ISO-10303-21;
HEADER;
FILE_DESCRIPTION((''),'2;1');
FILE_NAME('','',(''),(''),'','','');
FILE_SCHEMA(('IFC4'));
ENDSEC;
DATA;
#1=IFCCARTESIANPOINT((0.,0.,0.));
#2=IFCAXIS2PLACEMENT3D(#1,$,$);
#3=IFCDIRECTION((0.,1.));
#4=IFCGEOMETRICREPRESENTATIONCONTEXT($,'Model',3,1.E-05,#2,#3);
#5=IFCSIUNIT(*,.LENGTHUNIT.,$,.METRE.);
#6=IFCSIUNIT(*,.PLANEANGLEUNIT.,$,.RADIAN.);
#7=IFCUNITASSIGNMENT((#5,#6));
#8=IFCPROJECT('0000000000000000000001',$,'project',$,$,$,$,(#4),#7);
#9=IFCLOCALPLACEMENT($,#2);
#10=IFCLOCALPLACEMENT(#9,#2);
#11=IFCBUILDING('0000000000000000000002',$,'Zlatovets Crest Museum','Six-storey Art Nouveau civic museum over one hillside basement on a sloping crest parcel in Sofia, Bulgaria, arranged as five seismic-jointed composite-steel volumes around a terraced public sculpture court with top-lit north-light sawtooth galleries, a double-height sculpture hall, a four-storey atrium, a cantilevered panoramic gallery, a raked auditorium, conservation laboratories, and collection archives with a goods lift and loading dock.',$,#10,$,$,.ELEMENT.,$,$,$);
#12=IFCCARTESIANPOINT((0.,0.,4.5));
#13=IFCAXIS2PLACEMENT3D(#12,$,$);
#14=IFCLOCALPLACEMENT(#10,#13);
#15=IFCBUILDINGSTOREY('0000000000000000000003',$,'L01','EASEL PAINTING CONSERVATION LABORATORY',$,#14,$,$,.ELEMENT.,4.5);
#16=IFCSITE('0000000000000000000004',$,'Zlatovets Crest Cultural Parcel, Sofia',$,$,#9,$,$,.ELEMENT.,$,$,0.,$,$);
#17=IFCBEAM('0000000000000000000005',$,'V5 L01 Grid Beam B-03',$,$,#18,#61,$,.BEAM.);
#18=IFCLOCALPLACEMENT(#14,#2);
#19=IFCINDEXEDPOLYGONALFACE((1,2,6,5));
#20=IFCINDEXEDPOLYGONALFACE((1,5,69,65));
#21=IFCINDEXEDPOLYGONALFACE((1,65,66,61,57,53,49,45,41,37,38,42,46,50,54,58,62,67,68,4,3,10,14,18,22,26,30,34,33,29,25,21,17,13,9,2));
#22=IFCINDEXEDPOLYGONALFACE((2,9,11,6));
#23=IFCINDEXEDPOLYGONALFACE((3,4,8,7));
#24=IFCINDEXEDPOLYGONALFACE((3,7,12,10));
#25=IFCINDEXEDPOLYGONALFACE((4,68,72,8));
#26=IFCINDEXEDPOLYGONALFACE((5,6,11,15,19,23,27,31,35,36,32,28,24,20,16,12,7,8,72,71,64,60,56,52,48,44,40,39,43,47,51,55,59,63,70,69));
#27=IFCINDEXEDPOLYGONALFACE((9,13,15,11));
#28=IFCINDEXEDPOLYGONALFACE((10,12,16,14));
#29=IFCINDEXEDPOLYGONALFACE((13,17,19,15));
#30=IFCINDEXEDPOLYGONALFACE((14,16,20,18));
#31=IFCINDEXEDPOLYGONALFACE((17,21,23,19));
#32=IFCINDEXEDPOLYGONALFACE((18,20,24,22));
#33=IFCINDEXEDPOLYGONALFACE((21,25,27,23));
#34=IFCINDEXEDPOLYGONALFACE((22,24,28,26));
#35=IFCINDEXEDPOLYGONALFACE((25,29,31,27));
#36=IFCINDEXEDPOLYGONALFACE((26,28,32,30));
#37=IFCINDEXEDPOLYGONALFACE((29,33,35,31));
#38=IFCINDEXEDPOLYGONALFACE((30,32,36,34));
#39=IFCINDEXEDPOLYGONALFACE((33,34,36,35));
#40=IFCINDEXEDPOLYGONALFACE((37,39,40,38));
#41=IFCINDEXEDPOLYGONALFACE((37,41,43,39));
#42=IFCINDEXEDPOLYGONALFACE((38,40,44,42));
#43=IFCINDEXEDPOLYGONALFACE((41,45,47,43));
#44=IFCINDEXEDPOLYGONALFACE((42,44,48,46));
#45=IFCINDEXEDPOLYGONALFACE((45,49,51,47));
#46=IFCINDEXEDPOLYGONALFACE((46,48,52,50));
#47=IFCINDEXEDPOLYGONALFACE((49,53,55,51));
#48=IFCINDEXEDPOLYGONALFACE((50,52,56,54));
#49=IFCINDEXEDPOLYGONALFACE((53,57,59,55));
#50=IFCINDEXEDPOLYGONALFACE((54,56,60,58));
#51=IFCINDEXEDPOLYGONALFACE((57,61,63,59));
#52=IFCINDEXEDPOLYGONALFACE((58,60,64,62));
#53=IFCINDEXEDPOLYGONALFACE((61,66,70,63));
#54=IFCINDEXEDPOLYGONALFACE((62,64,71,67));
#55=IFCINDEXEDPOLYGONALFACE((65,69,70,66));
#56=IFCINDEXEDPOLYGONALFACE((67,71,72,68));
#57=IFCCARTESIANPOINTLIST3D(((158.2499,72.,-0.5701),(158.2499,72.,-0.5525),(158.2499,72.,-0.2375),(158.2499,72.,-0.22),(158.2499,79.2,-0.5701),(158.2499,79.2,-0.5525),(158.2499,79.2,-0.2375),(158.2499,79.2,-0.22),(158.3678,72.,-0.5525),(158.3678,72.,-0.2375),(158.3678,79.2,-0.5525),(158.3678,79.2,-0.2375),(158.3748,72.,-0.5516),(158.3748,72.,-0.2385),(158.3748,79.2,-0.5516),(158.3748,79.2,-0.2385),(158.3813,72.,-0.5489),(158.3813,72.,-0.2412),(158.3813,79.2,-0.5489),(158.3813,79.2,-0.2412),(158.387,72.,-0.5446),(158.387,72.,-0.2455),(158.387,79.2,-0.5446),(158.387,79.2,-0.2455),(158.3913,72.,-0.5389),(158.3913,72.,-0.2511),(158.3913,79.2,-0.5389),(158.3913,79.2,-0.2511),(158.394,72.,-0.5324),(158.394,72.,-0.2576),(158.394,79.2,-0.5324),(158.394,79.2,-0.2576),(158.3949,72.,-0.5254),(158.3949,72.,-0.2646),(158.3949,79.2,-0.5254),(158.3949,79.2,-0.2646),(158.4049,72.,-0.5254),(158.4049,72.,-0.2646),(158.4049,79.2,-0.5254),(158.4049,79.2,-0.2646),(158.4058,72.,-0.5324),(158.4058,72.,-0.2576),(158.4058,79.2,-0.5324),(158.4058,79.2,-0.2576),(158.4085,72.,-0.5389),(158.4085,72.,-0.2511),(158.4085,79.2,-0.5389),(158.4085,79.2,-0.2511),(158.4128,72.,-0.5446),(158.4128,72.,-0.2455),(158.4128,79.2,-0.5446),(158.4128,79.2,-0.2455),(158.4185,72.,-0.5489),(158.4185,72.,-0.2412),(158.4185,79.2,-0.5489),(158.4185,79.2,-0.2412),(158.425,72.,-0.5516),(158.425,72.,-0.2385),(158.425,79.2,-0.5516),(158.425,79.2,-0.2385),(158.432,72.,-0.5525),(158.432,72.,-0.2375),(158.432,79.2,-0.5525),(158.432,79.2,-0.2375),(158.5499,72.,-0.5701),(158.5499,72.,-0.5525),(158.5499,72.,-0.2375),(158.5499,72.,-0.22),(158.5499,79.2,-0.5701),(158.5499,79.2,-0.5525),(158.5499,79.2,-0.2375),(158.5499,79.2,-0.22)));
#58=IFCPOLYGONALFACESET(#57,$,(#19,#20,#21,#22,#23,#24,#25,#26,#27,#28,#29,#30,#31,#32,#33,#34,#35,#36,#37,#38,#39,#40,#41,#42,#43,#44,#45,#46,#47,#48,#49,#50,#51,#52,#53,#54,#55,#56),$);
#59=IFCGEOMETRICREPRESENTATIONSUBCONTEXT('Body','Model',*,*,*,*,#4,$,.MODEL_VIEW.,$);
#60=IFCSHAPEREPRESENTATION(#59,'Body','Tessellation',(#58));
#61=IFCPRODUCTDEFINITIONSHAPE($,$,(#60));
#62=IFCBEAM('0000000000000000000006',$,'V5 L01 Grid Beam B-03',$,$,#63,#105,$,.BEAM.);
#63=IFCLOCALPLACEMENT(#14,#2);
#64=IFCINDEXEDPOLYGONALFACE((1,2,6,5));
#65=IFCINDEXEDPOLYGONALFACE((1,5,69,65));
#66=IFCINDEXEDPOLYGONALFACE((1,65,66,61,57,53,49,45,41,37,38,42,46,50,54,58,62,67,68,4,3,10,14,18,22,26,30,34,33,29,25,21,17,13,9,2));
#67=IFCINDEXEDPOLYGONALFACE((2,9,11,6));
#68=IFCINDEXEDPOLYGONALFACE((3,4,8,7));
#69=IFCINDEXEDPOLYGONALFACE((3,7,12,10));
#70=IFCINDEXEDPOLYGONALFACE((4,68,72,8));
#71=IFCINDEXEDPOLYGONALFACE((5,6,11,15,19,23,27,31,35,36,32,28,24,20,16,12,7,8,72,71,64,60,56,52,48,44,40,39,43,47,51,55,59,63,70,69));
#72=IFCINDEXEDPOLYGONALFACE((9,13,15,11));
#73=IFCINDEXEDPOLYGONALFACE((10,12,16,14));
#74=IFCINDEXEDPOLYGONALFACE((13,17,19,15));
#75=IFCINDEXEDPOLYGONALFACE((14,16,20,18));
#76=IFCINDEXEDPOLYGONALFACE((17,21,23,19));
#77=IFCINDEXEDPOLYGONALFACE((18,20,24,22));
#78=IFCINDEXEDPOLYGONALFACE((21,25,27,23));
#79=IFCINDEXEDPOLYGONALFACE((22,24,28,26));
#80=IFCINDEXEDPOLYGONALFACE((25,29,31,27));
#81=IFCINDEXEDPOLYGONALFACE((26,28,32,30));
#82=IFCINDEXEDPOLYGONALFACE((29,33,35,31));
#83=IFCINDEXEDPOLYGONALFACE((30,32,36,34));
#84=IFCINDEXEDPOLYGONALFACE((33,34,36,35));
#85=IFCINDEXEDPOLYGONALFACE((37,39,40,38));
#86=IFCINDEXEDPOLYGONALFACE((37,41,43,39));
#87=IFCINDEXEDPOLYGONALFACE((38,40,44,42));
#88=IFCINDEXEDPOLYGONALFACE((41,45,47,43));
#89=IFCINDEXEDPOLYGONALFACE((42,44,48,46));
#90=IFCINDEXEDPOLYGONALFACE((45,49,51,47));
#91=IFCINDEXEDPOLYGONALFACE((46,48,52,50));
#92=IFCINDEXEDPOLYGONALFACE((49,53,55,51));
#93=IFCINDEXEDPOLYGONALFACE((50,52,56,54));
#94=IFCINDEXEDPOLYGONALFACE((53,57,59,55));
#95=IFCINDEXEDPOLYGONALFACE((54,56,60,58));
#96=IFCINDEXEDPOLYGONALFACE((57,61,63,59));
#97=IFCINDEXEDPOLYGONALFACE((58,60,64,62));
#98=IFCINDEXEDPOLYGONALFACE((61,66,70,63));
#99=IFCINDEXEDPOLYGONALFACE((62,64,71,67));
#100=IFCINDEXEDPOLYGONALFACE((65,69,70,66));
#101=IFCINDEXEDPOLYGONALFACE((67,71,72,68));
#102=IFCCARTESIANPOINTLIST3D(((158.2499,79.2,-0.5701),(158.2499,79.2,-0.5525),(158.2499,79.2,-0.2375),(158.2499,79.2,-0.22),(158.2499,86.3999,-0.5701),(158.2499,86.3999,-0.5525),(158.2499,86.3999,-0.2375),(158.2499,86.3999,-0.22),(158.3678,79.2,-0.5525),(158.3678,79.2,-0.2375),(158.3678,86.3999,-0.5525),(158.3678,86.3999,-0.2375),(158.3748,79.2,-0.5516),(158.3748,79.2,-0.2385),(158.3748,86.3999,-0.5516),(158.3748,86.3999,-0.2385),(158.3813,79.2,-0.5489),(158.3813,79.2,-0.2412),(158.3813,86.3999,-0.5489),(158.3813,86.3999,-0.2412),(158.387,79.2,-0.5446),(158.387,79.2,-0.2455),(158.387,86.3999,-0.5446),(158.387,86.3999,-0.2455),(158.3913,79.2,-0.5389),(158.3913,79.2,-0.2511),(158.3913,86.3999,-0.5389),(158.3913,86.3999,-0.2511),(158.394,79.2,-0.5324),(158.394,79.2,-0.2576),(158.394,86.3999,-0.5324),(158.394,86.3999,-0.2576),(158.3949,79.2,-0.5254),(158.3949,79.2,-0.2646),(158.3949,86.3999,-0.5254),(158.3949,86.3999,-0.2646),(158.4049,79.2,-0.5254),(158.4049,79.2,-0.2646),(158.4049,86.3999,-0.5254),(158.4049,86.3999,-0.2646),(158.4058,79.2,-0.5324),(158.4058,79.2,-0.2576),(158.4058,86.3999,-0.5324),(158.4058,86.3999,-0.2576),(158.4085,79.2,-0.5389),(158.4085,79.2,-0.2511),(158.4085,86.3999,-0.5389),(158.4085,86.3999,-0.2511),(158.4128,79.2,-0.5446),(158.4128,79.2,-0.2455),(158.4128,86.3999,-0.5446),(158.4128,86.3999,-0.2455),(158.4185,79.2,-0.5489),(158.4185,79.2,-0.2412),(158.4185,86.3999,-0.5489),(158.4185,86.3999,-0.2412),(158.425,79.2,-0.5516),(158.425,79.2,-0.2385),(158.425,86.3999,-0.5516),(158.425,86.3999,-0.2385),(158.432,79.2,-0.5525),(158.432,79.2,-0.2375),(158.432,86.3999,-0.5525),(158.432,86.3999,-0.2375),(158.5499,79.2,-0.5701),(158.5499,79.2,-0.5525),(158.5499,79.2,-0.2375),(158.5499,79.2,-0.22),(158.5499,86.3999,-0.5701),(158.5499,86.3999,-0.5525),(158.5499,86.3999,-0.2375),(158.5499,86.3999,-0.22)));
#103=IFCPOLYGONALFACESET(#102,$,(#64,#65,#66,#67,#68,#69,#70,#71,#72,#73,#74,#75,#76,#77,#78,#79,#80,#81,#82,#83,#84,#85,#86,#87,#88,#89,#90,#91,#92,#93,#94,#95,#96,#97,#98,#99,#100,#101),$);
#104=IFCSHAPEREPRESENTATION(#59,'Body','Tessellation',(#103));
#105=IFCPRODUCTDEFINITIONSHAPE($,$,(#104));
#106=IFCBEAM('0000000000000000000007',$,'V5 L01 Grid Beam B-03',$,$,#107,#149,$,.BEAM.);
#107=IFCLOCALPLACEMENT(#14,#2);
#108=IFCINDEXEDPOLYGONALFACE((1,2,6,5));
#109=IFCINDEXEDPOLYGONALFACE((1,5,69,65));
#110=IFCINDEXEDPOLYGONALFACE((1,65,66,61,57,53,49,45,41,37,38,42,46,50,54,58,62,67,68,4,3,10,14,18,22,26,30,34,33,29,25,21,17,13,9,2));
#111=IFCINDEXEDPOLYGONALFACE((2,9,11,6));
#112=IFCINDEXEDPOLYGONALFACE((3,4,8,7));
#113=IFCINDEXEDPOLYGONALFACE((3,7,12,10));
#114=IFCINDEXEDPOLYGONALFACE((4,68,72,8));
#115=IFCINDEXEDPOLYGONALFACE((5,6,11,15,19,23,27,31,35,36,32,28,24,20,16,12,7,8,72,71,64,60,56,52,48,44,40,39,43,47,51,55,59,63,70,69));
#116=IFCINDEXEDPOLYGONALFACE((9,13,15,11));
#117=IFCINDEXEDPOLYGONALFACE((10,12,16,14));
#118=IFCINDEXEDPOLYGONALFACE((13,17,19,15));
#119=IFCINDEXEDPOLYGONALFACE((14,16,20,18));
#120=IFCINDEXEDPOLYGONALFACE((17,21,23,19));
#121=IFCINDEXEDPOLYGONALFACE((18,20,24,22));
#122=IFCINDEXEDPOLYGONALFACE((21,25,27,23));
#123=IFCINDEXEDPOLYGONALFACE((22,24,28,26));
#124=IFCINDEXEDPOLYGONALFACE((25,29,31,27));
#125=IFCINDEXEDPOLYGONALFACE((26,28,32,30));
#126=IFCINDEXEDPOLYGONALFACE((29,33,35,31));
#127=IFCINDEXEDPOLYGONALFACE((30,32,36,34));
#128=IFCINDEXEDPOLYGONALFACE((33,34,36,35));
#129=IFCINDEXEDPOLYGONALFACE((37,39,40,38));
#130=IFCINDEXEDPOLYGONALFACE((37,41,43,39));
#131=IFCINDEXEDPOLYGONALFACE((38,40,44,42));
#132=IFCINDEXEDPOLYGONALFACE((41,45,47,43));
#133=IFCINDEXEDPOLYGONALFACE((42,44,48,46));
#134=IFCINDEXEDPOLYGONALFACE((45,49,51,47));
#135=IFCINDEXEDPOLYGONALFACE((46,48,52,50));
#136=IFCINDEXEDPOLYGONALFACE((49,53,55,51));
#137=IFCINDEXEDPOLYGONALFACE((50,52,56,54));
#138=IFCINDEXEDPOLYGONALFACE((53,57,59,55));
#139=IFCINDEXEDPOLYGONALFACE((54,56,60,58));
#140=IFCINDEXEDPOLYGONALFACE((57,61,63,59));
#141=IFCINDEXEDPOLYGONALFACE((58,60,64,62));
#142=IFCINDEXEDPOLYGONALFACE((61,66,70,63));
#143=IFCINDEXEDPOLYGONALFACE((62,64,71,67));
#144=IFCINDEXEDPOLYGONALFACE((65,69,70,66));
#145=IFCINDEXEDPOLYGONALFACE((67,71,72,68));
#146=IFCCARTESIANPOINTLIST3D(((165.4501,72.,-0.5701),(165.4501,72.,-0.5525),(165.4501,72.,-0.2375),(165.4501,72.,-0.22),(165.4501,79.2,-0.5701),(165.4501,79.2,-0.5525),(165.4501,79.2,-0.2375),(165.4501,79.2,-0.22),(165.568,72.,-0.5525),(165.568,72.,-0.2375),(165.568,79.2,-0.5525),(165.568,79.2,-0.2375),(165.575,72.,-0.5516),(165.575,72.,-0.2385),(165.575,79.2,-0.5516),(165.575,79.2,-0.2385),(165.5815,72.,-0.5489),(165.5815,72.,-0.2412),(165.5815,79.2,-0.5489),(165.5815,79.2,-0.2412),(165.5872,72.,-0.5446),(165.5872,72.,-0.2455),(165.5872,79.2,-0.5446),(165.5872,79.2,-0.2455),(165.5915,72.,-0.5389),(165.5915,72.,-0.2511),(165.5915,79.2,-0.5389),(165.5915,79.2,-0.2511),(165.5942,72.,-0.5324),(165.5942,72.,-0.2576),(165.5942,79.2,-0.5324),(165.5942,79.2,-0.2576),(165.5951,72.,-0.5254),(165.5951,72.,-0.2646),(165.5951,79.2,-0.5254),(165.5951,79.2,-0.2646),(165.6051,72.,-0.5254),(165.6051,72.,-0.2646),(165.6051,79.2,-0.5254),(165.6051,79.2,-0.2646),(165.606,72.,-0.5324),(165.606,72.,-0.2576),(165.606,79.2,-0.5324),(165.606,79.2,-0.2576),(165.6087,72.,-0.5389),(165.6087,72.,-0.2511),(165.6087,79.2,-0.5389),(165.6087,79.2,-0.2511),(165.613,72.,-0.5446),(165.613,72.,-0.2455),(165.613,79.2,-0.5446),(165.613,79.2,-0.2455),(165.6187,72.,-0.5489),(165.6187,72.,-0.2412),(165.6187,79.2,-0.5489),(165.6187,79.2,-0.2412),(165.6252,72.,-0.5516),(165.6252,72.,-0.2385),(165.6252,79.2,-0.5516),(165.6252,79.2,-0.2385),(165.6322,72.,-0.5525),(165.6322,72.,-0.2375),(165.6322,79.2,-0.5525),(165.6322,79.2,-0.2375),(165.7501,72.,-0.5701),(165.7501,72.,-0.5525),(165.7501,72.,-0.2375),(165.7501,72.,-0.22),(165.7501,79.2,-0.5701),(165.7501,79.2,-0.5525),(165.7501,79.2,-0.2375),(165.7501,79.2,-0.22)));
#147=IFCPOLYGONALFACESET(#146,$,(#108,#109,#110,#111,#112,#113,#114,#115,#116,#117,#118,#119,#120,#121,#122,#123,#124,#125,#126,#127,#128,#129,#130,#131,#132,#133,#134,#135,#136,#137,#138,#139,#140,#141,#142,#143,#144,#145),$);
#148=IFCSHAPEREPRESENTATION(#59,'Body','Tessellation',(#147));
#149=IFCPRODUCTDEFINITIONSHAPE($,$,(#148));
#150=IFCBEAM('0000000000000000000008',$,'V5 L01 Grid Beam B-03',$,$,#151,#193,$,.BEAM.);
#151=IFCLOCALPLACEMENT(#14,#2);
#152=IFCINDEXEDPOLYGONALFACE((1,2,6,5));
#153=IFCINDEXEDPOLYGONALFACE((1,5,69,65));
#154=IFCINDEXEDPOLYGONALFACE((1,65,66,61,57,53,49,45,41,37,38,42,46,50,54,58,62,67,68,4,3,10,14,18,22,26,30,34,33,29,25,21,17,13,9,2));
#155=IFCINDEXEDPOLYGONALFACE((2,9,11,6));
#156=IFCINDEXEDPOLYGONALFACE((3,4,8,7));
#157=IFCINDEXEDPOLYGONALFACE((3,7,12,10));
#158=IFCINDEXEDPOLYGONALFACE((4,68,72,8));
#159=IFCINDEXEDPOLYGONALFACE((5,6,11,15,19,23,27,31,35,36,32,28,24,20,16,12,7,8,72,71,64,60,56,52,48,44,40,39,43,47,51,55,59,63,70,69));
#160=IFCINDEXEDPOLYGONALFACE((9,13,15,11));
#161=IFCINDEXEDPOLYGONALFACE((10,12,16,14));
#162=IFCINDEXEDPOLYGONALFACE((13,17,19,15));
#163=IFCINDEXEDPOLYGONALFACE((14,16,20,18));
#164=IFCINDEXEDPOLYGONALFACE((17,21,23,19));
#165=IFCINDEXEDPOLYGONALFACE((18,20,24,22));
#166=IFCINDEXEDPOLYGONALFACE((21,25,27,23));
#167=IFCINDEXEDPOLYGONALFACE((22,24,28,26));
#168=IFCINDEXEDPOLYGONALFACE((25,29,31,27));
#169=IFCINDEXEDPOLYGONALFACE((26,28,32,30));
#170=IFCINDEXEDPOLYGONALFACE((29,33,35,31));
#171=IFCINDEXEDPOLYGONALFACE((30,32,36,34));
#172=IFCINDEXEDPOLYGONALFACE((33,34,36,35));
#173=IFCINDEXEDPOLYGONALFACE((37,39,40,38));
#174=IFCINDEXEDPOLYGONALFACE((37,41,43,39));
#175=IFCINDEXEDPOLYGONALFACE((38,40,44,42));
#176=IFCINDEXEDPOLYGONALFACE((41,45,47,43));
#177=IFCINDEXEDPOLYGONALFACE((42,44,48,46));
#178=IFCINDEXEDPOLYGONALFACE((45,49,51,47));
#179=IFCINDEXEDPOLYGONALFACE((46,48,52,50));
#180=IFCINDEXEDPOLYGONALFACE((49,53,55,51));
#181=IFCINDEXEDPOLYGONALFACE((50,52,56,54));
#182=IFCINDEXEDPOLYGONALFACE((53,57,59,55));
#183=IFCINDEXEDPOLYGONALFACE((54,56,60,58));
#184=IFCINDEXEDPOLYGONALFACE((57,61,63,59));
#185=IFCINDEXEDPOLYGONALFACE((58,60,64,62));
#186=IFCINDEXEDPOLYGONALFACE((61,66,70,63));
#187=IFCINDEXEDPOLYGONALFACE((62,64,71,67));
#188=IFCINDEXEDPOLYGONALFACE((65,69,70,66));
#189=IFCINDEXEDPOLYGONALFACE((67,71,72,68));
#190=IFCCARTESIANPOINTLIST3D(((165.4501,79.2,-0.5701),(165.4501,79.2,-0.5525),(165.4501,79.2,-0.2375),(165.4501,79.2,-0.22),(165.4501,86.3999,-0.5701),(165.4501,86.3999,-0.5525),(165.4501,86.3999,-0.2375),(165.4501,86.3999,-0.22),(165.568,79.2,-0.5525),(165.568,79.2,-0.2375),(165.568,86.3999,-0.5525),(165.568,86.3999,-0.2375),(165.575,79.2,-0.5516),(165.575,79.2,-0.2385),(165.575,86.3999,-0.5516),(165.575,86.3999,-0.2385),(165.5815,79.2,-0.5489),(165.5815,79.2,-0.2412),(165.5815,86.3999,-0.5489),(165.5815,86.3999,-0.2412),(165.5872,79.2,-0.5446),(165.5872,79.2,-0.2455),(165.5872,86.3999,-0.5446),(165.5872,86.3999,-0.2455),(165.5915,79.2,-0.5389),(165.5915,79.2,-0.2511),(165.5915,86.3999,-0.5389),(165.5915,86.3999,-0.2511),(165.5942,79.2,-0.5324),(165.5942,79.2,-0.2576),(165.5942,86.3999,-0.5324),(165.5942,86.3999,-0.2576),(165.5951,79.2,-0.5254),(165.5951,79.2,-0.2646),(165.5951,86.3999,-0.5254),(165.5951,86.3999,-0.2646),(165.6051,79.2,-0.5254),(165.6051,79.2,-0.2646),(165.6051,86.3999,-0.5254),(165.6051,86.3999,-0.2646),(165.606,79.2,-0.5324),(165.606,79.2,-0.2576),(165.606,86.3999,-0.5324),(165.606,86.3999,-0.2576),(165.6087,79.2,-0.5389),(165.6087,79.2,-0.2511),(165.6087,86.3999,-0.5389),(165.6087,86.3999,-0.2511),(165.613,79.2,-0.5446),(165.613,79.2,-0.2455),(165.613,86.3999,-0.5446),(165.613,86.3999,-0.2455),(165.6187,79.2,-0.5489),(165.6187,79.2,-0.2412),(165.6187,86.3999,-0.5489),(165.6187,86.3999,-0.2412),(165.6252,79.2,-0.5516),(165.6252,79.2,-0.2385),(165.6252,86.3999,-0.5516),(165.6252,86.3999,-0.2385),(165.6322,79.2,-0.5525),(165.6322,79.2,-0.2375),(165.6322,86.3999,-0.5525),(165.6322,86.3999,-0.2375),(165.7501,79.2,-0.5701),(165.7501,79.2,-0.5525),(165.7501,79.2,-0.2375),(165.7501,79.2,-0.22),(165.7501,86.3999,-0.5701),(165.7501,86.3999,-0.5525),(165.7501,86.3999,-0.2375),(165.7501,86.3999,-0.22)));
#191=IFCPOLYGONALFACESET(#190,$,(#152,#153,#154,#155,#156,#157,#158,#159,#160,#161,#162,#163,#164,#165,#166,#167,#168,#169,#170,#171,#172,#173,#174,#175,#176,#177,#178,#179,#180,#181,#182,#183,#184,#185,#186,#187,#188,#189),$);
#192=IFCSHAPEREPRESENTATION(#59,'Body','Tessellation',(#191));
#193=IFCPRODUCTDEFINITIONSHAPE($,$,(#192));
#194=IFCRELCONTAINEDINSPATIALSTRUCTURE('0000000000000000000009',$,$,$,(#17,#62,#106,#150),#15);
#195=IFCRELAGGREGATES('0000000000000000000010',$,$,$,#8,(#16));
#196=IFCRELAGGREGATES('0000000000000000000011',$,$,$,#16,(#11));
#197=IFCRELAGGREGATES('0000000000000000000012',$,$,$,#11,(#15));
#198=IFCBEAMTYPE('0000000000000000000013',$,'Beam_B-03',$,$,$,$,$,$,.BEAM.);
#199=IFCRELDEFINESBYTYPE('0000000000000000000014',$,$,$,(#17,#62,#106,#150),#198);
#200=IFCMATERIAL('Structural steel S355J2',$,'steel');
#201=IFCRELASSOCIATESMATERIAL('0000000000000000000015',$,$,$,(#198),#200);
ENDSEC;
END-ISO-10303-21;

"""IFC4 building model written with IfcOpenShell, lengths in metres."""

from ifc_helpers import new_model, si_unit, direction, frame, origin, origin_2d, place, context, subcontext, project, spatial, i_section, extrude, material, material_profile, profile_set, type_object, element, save


model = new_model("IFC4")

# Units and contexts
model_context = context("Model", 3, precision=1e-05, world=origin(), true_north=direction((0.0, 1.0)))
body_context = subcontext(model_context, "Body", "Model", "MODEL_VIEW")
ifc_project = project(units=[si_unit("LENGTHUNIT", "METRE"), si_unit("PLANEANGLEUNIT", "RADIAN")], contexts=[model_context])

# Site, building, storey
site_placement = place(None, origin())
site = spatial("IfcSite", under=ifc_project, at=site_placement, Name="Zlatovets Crest Cultural Parcel, Sofia", CompositionType="ELEMENT", RefElevation=0.0)
building_placement = place(site_placement, origin())
building = spatial("IfcBuilding", under=site, at=building_placement, Name="Zlatovets Crest Museum", Description="Six-storey Art Nouveau civic museum over one hillside basement on a sloping crest parcel in Sofia, Bulgaria, arranged as five seismic-jointed composite-steel volumes around a terraced public sculpture court with top-lit north-light sawtooth galleries, a double-height sculpture hall, a four-storey atrium, a cantilevered panoramic gallery, a raked auditorium, conservation laboratories, and collection archives with a goods lift and loading dock.", CompositionType="ELEMENT")
storey_placement = place(building_placement, frame((0.0, 0.0, 4.5)))
storey = spatial("IfcBuildingStorey", under=building, at=storey_placement, Name="L01", Description="EASEL PAINTING CONSERVATION LABORATORY", CompositionType="ELEMENT", Elevation=4.5)

# Shared definitions
ifc_material_1 = material(Name="Structural steel S355J2", Category="steel")

# Beams
ifc_material_profile_1 = material_profile(ifc_material_1, i_section(OverallWidth=0.3, OverallDepth=0.3501, WebThickness=0.01, FlangeThickness=0.0176, FilletRadius=0.0271, at=origin_2d()), Name="HEA 360")
ifc_profile_set_1 = profile_set([ifc_material_profile_1], Name="Structural steel S355J2")
beam_type_1 = type_object("IfcBeamType", Name="Beam_B-03", PredefinedType="BEAM", material=ifc_profile_set_1)
for number, where, z_axis, x_axis, name in (
    (1, (158.3999, 72.0, -0.395), (0.0, 1.0, 0.0), (-1.0, 0.0, 0.0), "V5 L01 Grid Beam B-03"),
    (2, (158.3999, 79.2, -0.395), (0.0, 1.0, 0.0), (-1.0, 0.0, 0.0), "V5 L01 Grid Beam B-03"),
    (3, (165.6001, 72.0, -0.395), (0.0, 1.0, 0.0), (-1.0, 0.0, 0.0), "V5 L01 Grid Beam B-03"),
    (4, (165.6001, 79.2, -0.395), (0.0, 1.0, 0.0), (-1.0, 0.0, 0.0), "V5 L01 Grid Beam B-03"),
):
    element("IfcBeam", number, at=place(storey_placement, frame(where, z_axis=z_axis, x_axis=x_axis)), inside=storey, type_object=beam_type_1, Name=name, PredefinedType="BEAM", context=body_context, shape_type="SweptSolid", body=[
        extrude(i_section(OverallWidth=0.3, OverallDepth=0.3501, WebThickness=0.01, FlangeThickness=0.0176, FilletRadius=0.0271, at=origin_2d()), origin(), (0.0, 0.0, 1.0), 7.2),
    ])

save(model, "model.ifc")
